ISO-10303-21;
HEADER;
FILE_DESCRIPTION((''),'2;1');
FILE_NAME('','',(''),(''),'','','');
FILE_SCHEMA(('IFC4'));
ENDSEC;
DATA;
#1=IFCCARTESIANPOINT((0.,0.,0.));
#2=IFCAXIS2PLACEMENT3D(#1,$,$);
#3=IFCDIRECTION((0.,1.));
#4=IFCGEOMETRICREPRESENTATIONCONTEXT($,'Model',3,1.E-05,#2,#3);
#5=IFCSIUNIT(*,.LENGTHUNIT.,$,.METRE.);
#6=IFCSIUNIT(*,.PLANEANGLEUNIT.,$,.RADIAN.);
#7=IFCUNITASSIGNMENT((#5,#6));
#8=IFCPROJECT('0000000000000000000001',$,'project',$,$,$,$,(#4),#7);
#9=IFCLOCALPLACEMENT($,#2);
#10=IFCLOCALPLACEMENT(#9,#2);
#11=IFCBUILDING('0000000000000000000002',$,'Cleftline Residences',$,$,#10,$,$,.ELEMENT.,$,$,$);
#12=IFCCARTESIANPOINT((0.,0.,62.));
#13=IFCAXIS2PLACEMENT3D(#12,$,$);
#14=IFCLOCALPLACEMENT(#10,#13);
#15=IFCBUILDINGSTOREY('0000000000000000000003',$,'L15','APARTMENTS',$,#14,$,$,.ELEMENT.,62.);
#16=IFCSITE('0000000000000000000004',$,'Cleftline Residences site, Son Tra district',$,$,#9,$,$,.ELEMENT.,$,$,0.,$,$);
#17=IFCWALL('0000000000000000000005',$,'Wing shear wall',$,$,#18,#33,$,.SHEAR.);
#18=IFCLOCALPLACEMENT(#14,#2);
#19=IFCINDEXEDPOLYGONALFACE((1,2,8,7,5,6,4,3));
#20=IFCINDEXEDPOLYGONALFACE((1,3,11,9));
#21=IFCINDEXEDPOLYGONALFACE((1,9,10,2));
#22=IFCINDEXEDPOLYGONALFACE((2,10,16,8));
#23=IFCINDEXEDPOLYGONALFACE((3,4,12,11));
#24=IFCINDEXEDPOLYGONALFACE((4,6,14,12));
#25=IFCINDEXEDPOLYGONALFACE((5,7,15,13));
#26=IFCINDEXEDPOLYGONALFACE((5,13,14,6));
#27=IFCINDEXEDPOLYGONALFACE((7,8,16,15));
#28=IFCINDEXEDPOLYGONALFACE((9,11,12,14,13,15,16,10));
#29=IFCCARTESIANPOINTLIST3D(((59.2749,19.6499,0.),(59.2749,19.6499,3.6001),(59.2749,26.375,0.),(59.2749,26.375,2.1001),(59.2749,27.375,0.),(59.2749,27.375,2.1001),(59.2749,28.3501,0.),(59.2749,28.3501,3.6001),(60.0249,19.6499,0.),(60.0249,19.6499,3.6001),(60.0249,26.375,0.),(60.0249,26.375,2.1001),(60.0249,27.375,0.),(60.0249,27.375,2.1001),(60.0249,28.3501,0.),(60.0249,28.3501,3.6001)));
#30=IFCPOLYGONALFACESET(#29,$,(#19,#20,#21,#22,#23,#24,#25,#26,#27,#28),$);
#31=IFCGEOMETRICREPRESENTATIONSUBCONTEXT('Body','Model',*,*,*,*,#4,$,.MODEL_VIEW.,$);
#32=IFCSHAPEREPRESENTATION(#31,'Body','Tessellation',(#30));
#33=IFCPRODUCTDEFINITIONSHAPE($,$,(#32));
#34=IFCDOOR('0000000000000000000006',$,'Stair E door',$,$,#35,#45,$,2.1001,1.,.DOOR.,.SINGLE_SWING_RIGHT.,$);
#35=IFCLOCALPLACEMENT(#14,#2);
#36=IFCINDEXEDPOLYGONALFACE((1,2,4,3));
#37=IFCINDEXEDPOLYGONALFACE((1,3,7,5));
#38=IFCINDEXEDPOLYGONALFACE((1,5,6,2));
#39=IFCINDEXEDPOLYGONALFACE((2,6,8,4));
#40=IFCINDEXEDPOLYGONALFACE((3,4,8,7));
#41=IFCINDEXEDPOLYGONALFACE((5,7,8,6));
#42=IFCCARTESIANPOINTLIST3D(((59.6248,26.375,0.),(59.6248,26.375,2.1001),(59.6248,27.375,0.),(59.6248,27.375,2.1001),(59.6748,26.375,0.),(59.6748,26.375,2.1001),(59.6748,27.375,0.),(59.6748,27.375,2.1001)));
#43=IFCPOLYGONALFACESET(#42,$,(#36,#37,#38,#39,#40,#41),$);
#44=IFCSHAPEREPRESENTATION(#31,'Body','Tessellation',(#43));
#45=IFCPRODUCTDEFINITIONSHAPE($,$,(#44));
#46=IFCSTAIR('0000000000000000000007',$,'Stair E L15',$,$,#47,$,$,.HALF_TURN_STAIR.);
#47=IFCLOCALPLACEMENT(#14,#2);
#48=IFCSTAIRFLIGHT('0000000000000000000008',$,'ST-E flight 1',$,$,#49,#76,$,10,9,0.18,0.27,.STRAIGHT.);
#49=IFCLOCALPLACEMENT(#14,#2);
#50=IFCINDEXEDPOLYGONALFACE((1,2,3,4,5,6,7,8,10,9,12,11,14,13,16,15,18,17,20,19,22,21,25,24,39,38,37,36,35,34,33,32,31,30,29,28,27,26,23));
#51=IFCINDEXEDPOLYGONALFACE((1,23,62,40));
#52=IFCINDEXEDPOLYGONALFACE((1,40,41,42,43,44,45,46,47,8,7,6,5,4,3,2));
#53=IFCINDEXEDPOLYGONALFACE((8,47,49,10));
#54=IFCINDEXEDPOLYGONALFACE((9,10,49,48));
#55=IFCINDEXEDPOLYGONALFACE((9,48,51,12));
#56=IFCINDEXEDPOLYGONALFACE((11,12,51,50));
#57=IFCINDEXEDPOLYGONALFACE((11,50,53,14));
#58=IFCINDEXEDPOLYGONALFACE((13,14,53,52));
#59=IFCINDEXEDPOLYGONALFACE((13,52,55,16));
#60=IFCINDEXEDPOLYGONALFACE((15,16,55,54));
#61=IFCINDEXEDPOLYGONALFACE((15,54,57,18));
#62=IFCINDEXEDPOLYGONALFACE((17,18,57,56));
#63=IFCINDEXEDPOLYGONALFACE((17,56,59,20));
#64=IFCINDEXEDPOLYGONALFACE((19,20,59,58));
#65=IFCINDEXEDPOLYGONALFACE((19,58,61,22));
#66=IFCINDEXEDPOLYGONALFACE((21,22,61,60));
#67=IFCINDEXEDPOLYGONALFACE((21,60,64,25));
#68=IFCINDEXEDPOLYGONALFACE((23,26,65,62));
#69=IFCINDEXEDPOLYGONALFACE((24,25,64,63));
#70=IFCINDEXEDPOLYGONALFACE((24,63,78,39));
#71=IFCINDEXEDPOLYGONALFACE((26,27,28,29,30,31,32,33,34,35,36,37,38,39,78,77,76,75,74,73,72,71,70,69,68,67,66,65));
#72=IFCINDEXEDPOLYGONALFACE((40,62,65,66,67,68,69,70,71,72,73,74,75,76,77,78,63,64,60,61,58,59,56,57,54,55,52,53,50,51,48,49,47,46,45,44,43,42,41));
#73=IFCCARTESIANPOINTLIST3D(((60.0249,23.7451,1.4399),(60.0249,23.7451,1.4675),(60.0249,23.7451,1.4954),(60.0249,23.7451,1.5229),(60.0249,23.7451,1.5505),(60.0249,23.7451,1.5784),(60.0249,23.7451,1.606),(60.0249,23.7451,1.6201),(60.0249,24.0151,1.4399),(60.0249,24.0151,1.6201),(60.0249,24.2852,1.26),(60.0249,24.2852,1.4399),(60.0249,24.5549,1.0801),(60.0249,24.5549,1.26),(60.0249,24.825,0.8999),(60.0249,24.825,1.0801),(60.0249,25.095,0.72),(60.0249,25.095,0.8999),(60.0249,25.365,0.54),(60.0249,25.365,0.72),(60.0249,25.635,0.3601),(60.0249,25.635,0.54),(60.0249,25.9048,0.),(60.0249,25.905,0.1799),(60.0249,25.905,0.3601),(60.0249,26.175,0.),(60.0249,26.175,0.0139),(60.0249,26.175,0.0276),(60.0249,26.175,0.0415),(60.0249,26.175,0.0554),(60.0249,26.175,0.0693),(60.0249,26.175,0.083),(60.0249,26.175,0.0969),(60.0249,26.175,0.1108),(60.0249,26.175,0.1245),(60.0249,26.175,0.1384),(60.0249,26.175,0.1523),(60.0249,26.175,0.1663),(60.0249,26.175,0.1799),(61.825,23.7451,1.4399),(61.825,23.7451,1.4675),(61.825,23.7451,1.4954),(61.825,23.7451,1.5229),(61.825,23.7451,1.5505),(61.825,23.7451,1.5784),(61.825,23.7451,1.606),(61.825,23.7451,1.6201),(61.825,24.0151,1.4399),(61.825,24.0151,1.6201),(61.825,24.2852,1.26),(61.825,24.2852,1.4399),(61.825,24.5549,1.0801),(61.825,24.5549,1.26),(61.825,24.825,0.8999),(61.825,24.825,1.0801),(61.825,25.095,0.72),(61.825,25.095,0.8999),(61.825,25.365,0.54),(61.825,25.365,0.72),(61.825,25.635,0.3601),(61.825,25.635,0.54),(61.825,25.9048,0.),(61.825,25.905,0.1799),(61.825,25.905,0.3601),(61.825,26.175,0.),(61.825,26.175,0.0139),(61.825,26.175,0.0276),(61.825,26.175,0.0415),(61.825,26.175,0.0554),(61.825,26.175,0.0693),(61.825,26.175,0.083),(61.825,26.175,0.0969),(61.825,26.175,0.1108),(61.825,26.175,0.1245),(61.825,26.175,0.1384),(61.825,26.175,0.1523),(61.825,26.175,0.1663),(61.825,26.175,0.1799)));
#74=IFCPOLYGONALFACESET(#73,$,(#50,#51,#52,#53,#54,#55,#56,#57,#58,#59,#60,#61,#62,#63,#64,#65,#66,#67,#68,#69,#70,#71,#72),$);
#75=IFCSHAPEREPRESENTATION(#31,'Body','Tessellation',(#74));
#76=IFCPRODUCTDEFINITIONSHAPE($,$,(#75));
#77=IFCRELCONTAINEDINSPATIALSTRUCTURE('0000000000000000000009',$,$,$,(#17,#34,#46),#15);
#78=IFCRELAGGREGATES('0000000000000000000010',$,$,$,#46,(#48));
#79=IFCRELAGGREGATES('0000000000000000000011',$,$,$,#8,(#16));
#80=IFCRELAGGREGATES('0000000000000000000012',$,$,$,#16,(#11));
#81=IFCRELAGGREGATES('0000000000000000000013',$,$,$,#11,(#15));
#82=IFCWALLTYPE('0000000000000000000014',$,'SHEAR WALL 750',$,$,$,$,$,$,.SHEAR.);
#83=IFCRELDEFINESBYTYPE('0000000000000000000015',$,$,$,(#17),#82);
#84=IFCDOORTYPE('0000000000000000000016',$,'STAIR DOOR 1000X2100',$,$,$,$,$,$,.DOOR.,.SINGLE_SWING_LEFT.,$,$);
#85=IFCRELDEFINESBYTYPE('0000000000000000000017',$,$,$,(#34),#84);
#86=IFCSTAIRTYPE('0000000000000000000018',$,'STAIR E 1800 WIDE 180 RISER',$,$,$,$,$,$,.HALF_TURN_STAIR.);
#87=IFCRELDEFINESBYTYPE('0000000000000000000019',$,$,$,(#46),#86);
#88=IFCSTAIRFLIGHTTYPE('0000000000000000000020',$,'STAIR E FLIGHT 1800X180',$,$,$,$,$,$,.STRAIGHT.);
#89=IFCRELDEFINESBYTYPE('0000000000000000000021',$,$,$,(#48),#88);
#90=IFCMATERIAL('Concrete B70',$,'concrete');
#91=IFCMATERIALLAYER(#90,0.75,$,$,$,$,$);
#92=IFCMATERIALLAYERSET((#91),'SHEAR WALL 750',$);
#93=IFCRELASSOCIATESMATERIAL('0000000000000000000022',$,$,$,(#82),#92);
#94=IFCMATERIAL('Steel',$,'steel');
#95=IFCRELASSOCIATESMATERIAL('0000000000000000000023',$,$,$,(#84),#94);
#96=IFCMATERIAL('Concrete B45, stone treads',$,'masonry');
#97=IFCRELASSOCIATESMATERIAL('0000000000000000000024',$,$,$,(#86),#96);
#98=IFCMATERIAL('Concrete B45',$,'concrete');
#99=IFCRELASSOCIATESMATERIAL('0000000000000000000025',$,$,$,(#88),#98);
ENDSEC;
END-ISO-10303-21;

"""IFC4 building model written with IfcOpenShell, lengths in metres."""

from ifc_helpers import new_model, si_unit, direction, frame, frame_2d, origin, place, context, subcontext, project, spatial, polyline, rectangle, outline, extrude, material, layer, layer_set, type_object, element, fill, aggregate, save


model = new_model("IFC4")

# Units and contexts
model_context = context("Model", 3, precision=1e-05, world=origin(), true_north=direction((0.0, 1.0)))
body_context = subcontext(model_context, "Body", "Model", "MODEL_VIEW")
ifc_project = project(units=[si_unit("LENGTHUNIT", "METRE"), si_unit("PLANEANGLEUNIT", "RADIAN")], contexts=[model_context])

# Site, building, storey
site_placement = place(None, origin())
site = spatial("IfcSite", under=ifc_project, at=site_placement, Name="Cleftline Residences site, Son Tra district", CompositionType="ELEMENT", RefElevation=0.0)
building_placement = place(site_placement, origin())
building = spatial("IfcBuilding", under=site, at=building_placement, Name="Cleftline Residences", CompositionType="ELEMENT")
storey_placement = place(building_placement, frame((0.0, 0.0, 62.0)))
storey = spatial("IfcBuildingStorey", under=building, at=storey_placement, Name="L15", Description="APARTMENTS", CompositionType="ELEMENT", Elevation=62.0)

# Shared definitions
ifc_material_1 = material(Name="Concrete B70", Category="concrete")
ifc_layer_1 = layer(ifc_material_1, 0.75)
ifc_layer_set_1 = layer_set([ifc_layer_1], Name="SHEAR WALL 750")
wall_type_1 = type_object("IfcWallType", Name="SHEAR WALL 750", PredefinedType="SHEAR", material=ifc_layer_set_1)

# Wall, opening, door
wall_1_placement = place(storey_placement, frame((59.6499, 28.3501, 0.0), z_axis=(0.0, 0.0, 1.0), x_axis=(0.0, -1.0, 0.0)))
wall_1 = element("IfcWall", 1, at=wall_1_placement, inside=storey, type_object=wall_type_1, Name="Wing shear wall", PredefinedType="SHEAR", context=body_context, shape_type="SweptSolid", body=[
    extrude(rectangle(XDim=8.7002, YDim=0.75, at=frame_2d((4.3501, 0.0))), origin(), (0.0, 0.0, 1.0), 3.6001),
])
opening_1_placement = place(wall_1_placement, frame((0.9751, 0.0, 0.0)))
opening_1 = element("IfcOpeningElement", 2, at=opening_1_placement, cuts=wall_1, PredefinedType="OPENING", context=body_context, shape_type="SweptSolid", body=[
    extrude(rectangle(XDim=1.0, YDim=2.1001, at=frame_2d((0.5, 1.05))), frame((0.0, 0.385, 0.0), z_axis=(0.0, -1.0, 0.0), x_axis=(1.0, 0.0, 0.0)), (0.0, 0.0, 1.0), 0.77),
])
ifc_material_2 = material(Name="Steel", Category="steel")
door_type_1 = type_object("IfcDoorType", Name="STAIR DOOR 1000X2100", OperationType="SINGLE_SWING_LEFT", PredefinedType="DOOR", material=ifc_material_2)
door_1_placement = place(opening_1_placement, origin())
door_1 = element("IfcDoor", 3, at=door_1_placement, inside=storey, type_object=door_type_1, Name="Stair E door", OperationType="SINGLE_SWING_RIGHT", OverallHeight=2.1001, OverallWidth=1.0, PredefinedType="DOOR", context=body_context, shape_type="SweptSolid", body=[
    extrude(rectangle(XDim=1.0, YDim=2.1001, at=frame_2d((0.5, 1.05))), frame((0.0, 0.0249, 0.0), z_axis=(0.0, -1.0, 0.0), x_axis=(1.0, 0.0, 0.0)), (0.0, 0.0, 1.0), 0.05),
])
fill(opening_1, door_1)

# Stair, stair flight
ifc_material_3 = material(Name="Concrete B45, stone treads", Category="masonry")
stair_type = type_object("IfcStairType", Name="STAIR E 1800 WIDE 180 RISER", PredefinedType="HALF_TURN_STAIR", material=ifc_material_3)
stair_placement = place(storey_placement, origin())
stair = element("IfcStair", 4, at=stair_placement, inside=storey, type_object=stair_type, Name="Stair E L15", PredefinedType="HALF_TURN_STAIR")
ifc_material_4 = material(Name="Concrete B45", Category="concrete")
stair_flight_type = type_object("IfcStairFlightType", Name="STAIR E FLIGHT 1800X180", PredefinedType="STRAIGHT", material=ifc_material_4)
stair_flight_placement = place(storey_placement, frame((60.925, 26.175, 0.0), z_axis=(0.0, 0.0, 1.0), x_axis=(0.0, -1.0, 0.0)))
stair_flight = element("IfcStairFlight", 5, at=stair_flight_placement, type_object=stair_flight_type, Name="ST-E flight 1", NumberOfRisers=10, NumberOfTreads=9, PredefinedType="STRAIGHT", RiserHeight=0.18, TreadLength=0.27, context=body_context, shape_type="SweptSolid", body=[
    extrude(outline(polyline([(0.0, 0.0), (0.0, 0.0139), (0.0, 0.0276), (0.0, 0.0415), (0.0, 0.0554), (0.0, 0.0693), (0.0, 0.083), (0.0, 0.0969), (0.0, 0.1108), (0.0, 0.1245), (0.0, 0.1384), (0.0, 0.1523), (0.0, 0.1663), (0.0, 0.1799), (0.27, 0.1799), (0.27, 0.3601), (0.54, 0.3601), (0.54, 0.54), (0.8101, 0.54), (0.8101, 0.72), (1.0801, 0.72), (1.0801, 0.8999), (1.3501, 0.8999), (1.3501, 1.0801), (1.6201, 1.0801), (1.6201, 1.26), (1.8899, 1.26), (1.8899, 1.4399), (2.1599, 1.4399), (2.1599, 1.6201), (2.4299, 1.6201), (2.4299, 1.8), (2.4299, 1.7722), (2.4299, 1.7446), (2.4299, 1.7168), (2.4299, 1.6892), (2.4299, 1.6614), (2.4299, 1.6338), (2.4299, 1.606), (2.4299, 1.5784), (2.4299, 1.5505), (2.4299, 1.5229), (2.4299, 1.4954), (2.4299, 1.4675), (2.4299, 1.4399), (0.2703, 0.0), (0.0, 0.0)])), frame((0.0, 0.8999, 0.0), z_axis=(0.0, -1.0, 0.0), x_axis=(1.0, 0.0, 0.0)), (0.0, 0.0, 1.0), 1.8),
])
aggregate(stair, [stair_flight])

save(model, "model.ifc")
